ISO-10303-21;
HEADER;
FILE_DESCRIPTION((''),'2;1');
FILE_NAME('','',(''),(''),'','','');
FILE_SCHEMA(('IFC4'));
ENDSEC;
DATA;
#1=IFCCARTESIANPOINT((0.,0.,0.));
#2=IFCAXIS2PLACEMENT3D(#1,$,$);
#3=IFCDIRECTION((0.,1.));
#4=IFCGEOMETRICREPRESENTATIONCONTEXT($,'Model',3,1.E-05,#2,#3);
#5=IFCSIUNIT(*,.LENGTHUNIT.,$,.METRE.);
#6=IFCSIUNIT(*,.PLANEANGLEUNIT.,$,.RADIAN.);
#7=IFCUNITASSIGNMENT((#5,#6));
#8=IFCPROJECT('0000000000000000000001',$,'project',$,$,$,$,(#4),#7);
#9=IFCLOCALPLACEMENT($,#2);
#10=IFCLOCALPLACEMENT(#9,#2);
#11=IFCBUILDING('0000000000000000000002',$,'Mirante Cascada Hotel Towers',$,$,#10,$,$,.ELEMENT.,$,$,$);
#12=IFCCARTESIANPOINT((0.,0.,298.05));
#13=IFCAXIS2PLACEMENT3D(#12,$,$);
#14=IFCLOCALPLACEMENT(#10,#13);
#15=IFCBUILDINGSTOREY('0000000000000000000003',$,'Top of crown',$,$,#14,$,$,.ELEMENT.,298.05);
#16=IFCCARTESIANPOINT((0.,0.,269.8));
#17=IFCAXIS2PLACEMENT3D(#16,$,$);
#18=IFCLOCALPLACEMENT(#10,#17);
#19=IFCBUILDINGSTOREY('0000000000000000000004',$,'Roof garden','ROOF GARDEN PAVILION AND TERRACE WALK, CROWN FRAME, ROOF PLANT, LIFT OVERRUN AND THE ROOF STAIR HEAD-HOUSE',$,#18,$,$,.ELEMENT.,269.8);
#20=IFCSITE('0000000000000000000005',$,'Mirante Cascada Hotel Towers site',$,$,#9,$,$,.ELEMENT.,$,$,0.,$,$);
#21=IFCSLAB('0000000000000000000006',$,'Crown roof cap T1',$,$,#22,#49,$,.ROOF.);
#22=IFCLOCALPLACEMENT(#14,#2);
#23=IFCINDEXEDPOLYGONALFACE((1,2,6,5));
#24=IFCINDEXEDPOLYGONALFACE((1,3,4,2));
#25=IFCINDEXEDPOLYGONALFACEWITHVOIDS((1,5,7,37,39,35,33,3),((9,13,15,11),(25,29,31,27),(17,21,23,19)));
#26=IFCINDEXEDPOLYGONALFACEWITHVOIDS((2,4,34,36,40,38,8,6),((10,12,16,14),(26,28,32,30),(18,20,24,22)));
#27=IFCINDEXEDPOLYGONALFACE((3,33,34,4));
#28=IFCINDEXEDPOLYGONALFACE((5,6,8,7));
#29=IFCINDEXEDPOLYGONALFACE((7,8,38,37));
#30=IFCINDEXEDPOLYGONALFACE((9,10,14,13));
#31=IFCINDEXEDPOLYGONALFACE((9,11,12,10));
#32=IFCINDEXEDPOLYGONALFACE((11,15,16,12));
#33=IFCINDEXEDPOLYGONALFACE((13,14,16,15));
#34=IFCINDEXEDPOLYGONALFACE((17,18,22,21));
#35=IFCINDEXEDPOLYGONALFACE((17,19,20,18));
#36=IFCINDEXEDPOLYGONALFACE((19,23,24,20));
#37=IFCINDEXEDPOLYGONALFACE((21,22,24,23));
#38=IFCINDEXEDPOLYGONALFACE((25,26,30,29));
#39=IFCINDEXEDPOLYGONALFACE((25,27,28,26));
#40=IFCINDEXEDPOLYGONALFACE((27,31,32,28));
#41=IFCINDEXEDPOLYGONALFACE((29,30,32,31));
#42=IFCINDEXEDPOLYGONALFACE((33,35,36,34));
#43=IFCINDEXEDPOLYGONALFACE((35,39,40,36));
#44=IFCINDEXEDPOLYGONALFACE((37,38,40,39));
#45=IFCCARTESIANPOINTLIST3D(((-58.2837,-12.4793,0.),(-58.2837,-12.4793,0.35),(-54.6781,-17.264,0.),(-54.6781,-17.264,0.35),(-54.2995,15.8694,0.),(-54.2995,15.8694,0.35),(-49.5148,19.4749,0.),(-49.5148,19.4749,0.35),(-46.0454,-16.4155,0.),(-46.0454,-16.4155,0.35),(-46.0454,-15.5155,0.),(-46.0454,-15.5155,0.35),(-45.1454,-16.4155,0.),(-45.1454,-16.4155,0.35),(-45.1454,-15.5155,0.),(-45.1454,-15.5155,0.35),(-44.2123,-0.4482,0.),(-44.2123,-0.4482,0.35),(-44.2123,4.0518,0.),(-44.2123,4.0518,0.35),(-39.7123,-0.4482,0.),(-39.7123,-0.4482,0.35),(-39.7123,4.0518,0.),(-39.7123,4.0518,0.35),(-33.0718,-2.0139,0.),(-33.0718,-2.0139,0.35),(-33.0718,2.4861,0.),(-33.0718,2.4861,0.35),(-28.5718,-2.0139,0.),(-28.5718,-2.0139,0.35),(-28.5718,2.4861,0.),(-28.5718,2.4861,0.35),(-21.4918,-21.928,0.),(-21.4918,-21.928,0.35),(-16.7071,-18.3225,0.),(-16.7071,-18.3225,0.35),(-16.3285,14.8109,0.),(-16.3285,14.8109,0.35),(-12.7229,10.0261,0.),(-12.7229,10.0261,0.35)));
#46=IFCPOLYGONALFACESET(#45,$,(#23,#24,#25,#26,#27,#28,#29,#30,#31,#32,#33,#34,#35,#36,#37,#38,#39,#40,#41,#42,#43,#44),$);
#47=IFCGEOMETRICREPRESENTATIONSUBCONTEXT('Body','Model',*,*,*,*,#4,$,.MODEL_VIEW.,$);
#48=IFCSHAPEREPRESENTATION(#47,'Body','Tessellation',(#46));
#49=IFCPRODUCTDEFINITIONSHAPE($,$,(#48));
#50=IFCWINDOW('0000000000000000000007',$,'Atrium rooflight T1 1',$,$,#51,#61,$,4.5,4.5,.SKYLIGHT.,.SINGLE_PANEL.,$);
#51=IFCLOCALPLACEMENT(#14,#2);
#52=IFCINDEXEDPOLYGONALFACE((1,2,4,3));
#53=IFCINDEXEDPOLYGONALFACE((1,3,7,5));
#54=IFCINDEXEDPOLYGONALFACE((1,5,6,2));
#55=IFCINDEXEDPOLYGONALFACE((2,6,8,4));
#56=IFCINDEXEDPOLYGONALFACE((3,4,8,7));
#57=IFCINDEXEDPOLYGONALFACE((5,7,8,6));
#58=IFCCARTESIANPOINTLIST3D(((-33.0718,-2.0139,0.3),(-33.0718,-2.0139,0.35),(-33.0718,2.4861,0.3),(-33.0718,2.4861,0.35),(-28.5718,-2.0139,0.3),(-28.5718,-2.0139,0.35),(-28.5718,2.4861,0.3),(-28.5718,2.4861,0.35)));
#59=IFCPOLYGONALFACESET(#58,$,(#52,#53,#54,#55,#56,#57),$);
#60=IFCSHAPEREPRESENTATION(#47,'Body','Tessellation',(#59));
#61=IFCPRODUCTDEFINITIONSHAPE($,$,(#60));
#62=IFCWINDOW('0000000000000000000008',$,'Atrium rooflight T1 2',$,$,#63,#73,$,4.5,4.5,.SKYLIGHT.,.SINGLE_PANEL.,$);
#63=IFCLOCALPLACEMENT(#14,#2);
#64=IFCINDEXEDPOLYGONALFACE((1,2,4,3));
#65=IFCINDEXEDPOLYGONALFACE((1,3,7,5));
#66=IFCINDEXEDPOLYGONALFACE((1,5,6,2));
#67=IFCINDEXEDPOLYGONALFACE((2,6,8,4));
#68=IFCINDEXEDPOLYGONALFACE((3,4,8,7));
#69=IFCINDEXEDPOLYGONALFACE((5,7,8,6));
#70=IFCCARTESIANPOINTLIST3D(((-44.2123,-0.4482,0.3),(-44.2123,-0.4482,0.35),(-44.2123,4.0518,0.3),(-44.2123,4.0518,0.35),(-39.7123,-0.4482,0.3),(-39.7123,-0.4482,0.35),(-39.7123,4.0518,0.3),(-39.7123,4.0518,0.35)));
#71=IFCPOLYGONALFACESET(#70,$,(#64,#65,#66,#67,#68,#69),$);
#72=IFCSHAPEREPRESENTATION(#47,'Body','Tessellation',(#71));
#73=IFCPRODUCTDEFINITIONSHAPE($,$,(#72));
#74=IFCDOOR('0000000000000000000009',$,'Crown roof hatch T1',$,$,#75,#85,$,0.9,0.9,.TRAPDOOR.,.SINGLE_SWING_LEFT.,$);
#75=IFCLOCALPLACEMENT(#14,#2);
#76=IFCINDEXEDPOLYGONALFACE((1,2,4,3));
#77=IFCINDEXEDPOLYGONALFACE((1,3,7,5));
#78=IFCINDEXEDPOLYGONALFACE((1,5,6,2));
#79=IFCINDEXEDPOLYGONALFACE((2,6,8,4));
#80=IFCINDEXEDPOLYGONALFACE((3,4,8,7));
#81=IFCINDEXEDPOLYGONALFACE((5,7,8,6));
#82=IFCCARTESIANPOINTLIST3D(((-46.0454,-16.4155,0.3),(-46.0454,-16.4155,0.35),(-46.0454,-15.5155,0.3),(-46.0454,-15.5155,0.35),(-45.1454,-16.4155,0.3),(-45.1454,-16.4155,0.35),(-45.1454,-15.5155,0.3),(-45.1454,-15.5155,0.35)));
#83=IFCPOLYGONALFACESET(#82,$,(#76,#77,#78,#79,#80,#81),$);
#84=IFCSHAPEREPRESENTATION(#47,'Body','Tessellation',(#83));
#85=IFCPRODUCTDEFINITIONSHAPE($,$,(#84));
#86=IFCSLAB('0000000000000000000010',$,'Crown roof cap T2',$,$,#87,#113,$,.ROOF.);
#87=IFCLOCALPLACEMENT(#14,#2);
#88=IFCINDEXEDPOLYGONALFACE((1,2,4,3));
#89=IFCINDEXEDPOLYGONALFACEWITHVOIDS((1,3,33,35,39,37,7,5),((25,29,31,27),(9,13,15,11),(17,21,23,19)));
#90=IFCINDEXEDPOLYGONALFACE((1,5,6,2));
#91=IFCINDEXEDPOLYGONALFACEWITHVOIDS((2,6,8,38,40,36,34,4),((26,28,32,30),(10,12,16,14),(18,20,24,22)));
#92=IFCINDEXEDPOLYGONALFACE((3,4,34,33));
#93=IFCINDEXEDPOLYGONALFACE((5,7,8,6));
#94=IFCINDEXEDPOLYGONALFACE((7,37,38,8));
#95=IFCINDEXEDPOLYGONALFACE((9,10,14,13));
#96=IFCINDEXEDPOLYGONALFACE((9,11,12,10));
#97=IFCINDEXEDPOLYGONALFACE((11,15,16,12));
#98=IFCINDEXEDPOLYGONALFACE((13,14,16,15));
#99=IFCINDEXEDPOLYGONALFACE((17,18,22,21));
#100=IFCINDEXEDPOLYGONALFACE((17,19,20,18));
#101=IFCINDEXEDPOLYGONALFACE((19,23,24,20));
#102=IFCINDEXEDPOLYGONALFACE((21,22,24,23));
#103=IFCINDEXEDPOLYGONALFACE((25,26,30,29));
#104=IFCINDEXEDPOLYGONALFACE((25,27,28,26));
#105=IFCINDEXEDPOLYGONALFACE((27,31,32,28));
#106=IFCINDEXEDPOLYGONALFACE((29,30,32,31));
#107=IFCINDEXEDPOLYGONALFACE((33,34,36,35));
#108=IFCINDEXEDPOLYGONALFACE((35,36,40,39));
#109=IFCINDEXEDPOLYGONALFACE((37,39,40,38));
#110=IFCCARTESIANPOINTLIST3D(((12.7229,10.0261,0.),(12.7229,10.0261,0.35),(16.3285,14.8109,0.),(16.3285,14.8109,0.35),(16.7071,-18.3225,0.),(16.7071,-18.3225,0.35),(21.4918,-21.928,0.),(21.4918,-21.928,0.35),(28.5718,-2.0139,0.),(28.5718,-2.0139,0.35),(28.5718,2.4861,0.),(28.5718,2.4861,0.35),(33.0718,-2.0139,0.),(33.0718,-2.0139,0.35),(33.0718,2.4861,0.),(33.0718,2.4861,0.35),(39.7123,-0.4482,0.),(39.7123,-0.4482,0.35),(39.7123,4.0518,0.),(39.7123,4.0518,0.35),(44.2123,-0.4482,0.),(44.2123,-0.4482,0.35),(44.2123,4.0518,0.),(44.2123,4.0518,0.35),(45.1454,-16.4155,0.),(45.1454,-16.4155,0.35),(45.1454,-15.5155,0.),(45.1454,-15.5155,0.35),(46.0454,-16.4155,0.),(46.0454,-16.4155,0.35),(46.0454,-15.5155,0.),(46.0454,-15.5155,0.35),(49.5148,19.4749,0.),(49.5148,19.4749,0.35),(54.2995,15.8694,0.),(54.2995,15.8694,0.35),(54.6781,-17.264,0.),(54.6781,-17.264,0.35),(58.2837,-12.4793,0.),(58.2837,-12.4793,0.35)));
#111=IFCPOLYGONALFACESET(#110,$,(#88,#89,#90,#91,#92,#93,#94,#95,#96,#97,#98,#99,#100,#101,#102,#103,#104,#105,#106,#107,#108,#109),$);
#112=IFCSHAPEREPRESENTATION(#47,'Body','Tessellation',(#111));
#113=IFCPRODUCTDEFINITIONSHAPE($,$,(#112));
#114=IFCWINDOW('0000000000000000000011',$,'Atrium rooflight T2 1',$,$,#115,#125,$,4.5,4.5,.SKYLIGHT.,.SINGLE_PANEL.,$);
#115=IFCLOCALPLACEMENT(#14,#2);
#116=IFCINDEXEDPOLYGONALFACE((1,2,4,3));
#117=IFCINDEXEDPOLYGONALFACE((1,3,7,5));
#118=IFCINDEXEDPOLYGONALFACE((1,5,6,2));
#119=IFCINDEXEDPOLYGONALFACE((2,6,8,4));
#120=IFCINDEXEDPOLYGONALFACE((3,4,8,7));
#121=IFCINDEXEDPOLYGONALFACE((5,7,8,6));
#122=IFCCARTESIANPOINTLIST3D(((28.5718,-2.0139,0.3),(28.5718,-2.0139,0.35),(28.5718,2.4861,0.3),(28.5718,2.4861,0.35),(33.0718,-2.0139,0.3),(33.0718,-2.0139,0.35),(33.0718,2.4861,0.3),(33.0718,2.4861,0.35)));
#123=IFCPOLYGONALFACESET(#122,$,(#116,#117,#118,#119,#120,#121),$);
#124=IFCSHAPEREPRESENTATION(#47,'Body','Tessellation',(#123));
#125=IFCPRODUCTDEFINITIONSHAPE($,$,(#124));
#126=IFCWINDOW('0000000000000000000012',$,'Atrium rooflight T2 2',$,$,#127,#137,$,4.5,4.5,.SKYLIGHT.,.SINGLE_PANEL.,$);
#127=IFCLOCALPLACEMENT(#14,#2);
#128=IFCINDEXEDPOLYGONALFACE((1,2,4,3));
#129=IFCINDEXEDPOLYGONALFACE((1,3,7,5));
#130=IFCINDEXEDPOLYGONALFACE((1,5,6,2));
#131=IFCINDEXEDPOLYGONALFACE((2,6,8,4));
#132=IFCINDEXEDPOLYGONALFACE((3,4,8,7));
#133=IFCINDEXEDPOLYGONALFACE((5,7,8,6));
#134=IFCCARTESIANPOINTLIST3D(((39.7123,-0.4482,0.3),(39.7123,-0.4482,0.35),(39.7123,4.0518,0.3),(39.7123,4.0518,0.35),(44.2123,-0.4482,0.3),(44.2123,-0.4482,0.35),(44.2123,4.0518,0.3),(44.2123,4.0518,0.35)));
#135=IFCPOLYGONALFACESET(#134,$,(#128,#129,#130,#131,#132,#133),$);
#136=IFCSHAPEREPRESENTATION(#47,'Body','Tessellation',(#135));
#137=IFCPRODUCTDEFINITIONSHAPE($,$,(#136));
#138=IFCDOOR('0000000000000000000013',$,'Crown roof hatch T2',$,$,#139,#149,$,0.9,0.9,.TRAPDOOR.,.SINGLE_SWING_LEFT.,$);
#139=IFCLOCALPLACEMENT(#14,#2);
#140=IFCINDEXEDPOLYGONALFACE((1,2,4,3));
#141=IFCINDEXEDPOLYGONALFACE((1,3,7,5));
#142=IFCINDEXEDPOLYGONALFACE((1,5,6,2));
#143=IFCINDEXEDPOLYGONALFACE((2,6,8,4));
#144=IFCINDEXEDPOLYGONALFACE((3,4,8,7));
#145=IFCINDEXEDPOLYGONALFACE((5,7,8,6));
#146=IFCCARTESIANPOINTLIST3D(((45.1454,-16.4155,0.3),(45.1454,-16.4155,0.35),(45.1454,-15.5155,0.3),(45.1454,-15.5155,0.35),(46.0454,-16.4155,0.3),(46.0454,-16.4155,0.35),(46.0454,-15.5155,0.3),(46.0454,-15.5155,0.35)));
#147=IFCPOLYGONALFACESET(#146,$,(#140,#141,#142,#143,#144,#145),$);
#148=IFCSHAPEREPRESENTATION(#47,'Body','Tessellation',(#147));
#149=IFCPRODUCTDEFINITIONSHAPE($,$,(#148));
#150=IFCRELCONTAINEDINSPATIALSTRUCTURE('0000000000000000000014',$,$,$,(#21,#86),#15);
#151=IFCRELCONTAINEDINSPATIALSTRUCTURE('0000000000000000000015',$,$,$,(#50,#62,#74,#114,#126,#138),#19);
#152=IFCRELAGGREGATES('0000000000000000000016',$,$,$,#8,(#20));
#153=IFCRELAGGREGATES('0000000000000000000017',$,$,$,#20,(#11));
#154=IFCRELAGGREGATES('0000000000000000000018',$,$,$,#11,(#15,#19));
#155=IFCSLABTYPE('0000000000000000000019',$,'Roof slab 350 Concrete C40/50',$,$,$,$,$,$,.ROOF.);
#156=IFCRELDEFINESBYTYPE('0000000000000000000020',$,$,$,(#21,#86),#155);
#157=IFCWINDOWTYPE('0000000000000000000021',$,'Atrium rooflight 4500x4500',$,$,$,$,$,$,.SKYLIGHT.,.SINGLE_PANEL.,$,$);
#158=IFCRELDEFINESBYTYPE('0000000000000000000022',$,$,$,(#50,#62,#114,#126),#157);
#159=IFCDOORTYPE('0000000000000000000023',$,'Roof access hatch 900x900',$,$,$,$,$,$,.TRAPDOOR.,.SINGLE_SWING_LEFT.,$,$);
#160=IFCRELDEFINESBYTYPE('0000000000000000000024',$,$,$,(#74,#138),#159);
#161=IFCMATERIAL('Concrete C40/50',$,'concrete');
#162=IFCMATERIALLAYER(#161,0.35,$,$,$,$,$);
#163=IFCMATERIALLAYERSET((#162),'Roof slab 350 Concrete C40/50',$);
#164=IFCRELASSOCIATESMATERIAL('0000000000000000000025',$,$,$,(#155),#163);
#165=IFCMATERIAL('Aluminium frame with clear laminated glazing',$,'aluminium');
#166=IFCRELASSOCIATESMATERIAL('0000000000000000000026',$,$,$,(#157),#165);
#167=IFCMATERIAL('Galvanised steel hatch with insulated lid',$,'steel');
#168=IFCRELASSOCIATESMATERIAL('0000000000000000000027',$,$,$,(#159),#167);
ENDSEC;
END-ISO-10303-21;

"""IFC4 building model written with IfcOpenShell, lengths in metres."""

from ifc_helpers import new_model, si_unit, direction, frame, origin, origin_2d, place, context, subcontext, project, spatial, polyline, rectangle, outline, extrude, material, layer, layer_set, type_object, element, fill, save


model = new_model("IFC4")

# Units and contexts
model_context = context("Model", 3, precision=1e-05, world=origin(), true_north=direction((0.0, 1.0)))
body_context = subcontext(model_context, "Body", "Model", "MODEL_VIEW")
ifc_project = project(units=[si_unit("LENGTHUNIT", "METRE"), si_unit("PLANEANGLEUNIT", "RADIAN")], contexts=[model_context])

# Site, building, storey
site_placement = place(None, origin())
site = spatial("IfcSite", under=ifc_project, at=site_placement, Name="Mirante Cascada Hotel Towers site", CompositionType="ELEMENT", RefElevation=0.0)
building_placement = place(site_placement, origin())
building = spatial("IfcBuilding", under=site, at=building_placement, Name="Mirante Cascada Hotel Towers", CompositionType="ELEMENT")
storey_1_placement = place(building_placement, frame((0.0, 0.0, 298.05)))
storey_1 = spatial("IfcBuildingStorey", under=building, at=storey_1_placement, Name="Top of crown", CompositionType="ELEMENT", Elevation=298.05)

# Slab, openings
ifc_material_1 = material(Name="Concrete C40/50", Category="concrete")
ifc_layer = layer(ifc_material_1, 0.35)
ifc_layer_set = layer_set([ifc_layer], Name="Roof slab 350 Concrete C40/50")
slab_type = type_object("IfcSlabType", Name="Roof slab 350 Concrete C40/50", PredefinedType="ROOF", material=ifc_layer_set)
slab_1_placement = place(storey_1_placement, origin())
slab_1 = element("IfcSlab", 1, at=slab_1_placement, inside=storey_1, type_object=slab_type, Name="Crown roof cap T1", PredefinedType="ROOF", context=body_context, shape_type="SweptSolid", body=[
    extrude(outline(polyline([(-21.4918, -21.928), (-16.7071, -18.3225), (-12.7229, 10.0261), (-16.3285, 14.8109), (-49.5148, 19.4749), (-54.2995, 15.8694), (-58.2837, -12.4793), (-54.6781, -17.264), (-21.4918, -21.928)]), holes=[polyline([(-28.5718, -2.0139), (-33.0718, -2.0139), (-33.0718, 2.4861), (-28.5718, 2.4861), (-28.5718, -2.0139)]), polyline([(-39.7123, -0.4482), (-44.2123, -0.4482), (-44.2123, 4.0518), (-39.7123, 4.0518), (-39.7123, -0.4482)]), polyline([(-45.1454, -16.4155), (-46.0454, -16.4155), (-46.0454, -15.5155), (-45.1454, -15.5155), (-45.1454, -16.4155)])]), origin(), (0.0, 0.0, 1.0), 0.35),
])
opening_1_placement = place(slab_1_placement, frame((-30.8218, 0.2361, 0.0)))
opening_1 = element("IfcOpeningElement", 2, at=opening_1_placement, cuts=slab_1, PredefinedType="OPENING", context=body_context, shape_type="SweptSolid", body=[
    extrude(rectangle(XDim=4.5, YDim=4.5, at=origin_2d()), origin(), (0.0, 0.0, 1.0), 0.35),
])
opening_2_placement = place(slab_1_placement, frame((-41.9623, 1.8018, 0.0)))
opening_2 = element("IfcOpeningElement", 3, at=opening_2_placement, cuts=slab_1, PredefinedType="OPENING", context=body_context, shape_type="SweptSolid", body=[
    extrude(rectangle(XDim=4.5, YDim=4.5, at=origin_2d()), origin(), (0.0, 0.0, 1.0), 0.35),
])
opening_3_placement = place(slab_1_placement, frame((-45.5954, -15.9655, 0.0)))
opening_3 = element("IfcOpeningElement", 4, at=opening_3_placement, cuts=slab_1, PredefinedType="OPENING", context=body_context, shape_type="SweptSolid", body=[
    extrude(rectangle(XDim=0.9, YDim=0.9, at=origin_2d()), origin(), (0.0, 0.0, 1.0), 0.35),
])

# Shared definitions
storey_2_placement = place(building_placement, frame((0.0, 0.0, 269.8)))
storey_2 = spatial("IfcBuildingStorey", under=building, at=storey_2_placement, Name="Roof garden", Description="ROOF GARDEN PAVILION AND TERRACE WALK, CROWN FRAME, ROOF PLANT, LIFT OVERRUN AND THE ROOF STAIR HEAD-HOUSE", CompositionType="ELEMENT", Elevation=269.8)

# Windows
ifc_material_2 = material(Name="Aluminium frame with clear laminated glazing", Category="aluminium")
window_type = type_object("IfcWindowType", Name="Atrium rooflight 4500x4500", PartitioningType="SINGLE_PANEL", PredefinedType="SKYLIGHT", material=ifc_material_2)
window_1_placement = place(opening_1_placement, frame((0.0, 0.0, 0.3)))
window_1 = element("IfcWindow", 5, at=window_1_placement, inside=storey_2, type_object=window_type, Name="Atrium rooflight T1 1", OverallHeight=4.5, OverallWidth=4.5, PartitioningType="SINGLE_PANEL", PredefinedType="SKYLIGHT", context=body_context, shape_type="SweptSolid", body=[
    extrude(rectangle(XDim=4.5, YDim=4.5, at=origin_2d()), origin(), (0.0, 0.0, 1.0), 0.05),
])
fill(opening_1, window_1)
window_2_placement = place(opening_2_placement, frame((0.0, 0.0, 0.3)))
window_2 = element("IfcWindow", 6, at=window_2_placement, inside=storey_2, type_object=window_type, Name="Atrium rooflight T1 2", OverallHeight=4.5, OverallWidth=4.5, PartitioningType="SINGLE_PANEL", PredefinedType="SKYLIGHT", context=body_context, shape_type="SweptSolid", body=[
    extrude(rectangle(XDim=4.5, YDim=4.5, at=origin_2d()), origin(), (0.0, 0.0, 1.0), 0.05),
])
fill(opening_2, window_2)

# Door
ifc_material_3 = material(Name="Galvanised steel hatch with insulated lid", Category="steel")
door_type = type_object("IfcDoorType", Name="Roof access hatch 900x900", OperationType="SINGLE_SWING_LEFT", PredefinedType="TRAPDOOR", material=ifc_material_3)
door_1_placement = place(opening_3_placement, frame((0.0, 0.0, 0.3)))
door_1 = element("IfcDoor", 7, at=door_1_placement, inside=storey_2, type_object=door_type, Name="Crown roof hatch T1", OperationType="SINGLE_SWING_LEFT", OverallHeight=0.9, OverallWidth=0.9, PredefinedType="TRAPDOOR", context=body_context, shape_type="SweptSolid", body=[
    extrude(rectangle(XDim=0.9, YDim=0.9, at=origin_2d()), origin(), (0.0, 0.0, 1.0), 0.05),
])
fill(opening_3, door_1)

# Slab, openings, windows, door
slab_2_placement = place(storey_1_placement, origin())
slab_2 = element("IfcSlab", 8, at=slab_2_placement, inside=storey_1, type_object=slab_type, Name="Crown roof cap T2", PredefinedType="ROOF", context=body_context, shape_type="SweptSolid", body=[
    extrude(outline(polyline([(21.4918, -21.928), (16.7071, -18.3225), (12.7229, 10.0261), (16.3285, 14.8109), (49.5148, 19.4749), (54.2995, 15.8694), (58.2837, -12.4793), (54.6781, -17.264), (21.4918, -21.928)]), holes=[polyline([(33.0718, -2.0139), (28.5718, -2.0139), (28.5718, 2.4861), (33.0718, 2.4861), (33.0718, -2.0139)]), polyline([(44.2123, -0.4482), (39.7123, -0.4482), (39.7123, 4.0518), (44.2123, 4.0518), (44.2123, -0.4482)]), polyline([(46.0454, -16.4155), (45.1454, -16.4155), (45.1454, -15.5155), (46.0454, -15.5155), (46.0454, -16.4155)])]), origin(), (0.0, 0.0, 1.0), 0.35),
])
opening_4_placement = place(slab_2_placement, frame((30.8218, 0.2361, 0.0)))
opening_4 = element("IfcOpeningElement", 9, at=opening_4_placement, cuts=slab_2, PredefinedType="OPENING", context=body_context, shape_type="SweptSolid", body=[
    extrude(rectangle(XDim=4.5, YDim=4.5, at=origin_2d()), origin(), (0.0, 0.0, 1.0), 0.35),
])
opening_5_placement = place(slab_2_placement, frame((41.9623, 1.8018, 0.0)))
opening_5 = element("IfcOpeningElement", 10, at=opening_5_placement, cuts=slab_2, PredefinedType="OPENING", context=body_context, shape_type="SweptSolid", body=[
    extrude(rectangle(XDim=4.5, YDim=4.5, at=origin_2d()), origin(), (0.0, 0.0, 1.0), 0.35),
])
opening_6_placement = place(slab_2_placement, frame((45.5954, -15.9655, 0.0)))
opening_6 = element("IfcOpeningElement", 11, at=opening_6_placement, cuts=slab_2, PredefinedType="OPENING", context=body_context, shape_type="SweptSolid", body=[
    extrude(rectangle(XDim=0.9, YDim=0.9, at=origin_2d()), origin(), (0.0, 0.0, 1.0), 0.35),
])
window_3_placement = place(opening_4_placement, frame((0.0, 0.0, 0.3)))
window_3 = element("IfcWindow", 12, at=window_3_placement, inside=storey_2, type_object=window_type, Name="Atrium rooflight T2 1", OverallHeight=4.5, OverallWidth=4.5, PartitioningType="SINGLE_PANEL", PredefinedType="SKYLIGHT", context=body_context, shape_type="SweptSolid", body=[
    extrude(rectangle(XDim=4.5, YDim=4.5, at=origin_2d()), origin(), (0.0, 0.0, 1.0), 0.05),
])
fill(opening_4, window_3)
window_4_placement = place(opening_5_placement, frame((0.0, 0.0, 0.3)))
window_4 = element("IfcWindow", 13, at=window_4_placement, inside=storey_2, type_object=window_type, Name="Atrium rooflight T2 2", OverallHeight=4.5, OverallWidth=4.5, PartitioningType="SINGLE_PANEL", PredefinedType="SKYLIGHT", context=body_context, shape_type="SweptSolid", body=[
    extrude(rectangle(XDim=4.5, YDim=4.5, at=origin_2d()), origin(), (0.0, 0.0, 1.0), 0.05),
])
fill(opening_5, window_4)
door_2_placement = place(opening_6_placement, frame((0.0, 0.0, 0.3)))
door_2 = element("IfcDoor", 14, at=door_2_placement, inside=storey_2, type_object=door_type, Name="Crown roof hatch T2", OperationType="SINGLE_SWING_LEFT", OverallHeight=0.9, OverallWidth=0.9, PredefinedType="TRAPDOOR", context=body_context, shape_type="SweptSolid", body=[
    extrude(rectangle(XDim=0.9, YDim=0.9, at=origin_2d()), origin(), (0.0, 0.0, 1.0), 0.05),
])
fill(opening_6, door_2)

save(model, "model.ifc")
